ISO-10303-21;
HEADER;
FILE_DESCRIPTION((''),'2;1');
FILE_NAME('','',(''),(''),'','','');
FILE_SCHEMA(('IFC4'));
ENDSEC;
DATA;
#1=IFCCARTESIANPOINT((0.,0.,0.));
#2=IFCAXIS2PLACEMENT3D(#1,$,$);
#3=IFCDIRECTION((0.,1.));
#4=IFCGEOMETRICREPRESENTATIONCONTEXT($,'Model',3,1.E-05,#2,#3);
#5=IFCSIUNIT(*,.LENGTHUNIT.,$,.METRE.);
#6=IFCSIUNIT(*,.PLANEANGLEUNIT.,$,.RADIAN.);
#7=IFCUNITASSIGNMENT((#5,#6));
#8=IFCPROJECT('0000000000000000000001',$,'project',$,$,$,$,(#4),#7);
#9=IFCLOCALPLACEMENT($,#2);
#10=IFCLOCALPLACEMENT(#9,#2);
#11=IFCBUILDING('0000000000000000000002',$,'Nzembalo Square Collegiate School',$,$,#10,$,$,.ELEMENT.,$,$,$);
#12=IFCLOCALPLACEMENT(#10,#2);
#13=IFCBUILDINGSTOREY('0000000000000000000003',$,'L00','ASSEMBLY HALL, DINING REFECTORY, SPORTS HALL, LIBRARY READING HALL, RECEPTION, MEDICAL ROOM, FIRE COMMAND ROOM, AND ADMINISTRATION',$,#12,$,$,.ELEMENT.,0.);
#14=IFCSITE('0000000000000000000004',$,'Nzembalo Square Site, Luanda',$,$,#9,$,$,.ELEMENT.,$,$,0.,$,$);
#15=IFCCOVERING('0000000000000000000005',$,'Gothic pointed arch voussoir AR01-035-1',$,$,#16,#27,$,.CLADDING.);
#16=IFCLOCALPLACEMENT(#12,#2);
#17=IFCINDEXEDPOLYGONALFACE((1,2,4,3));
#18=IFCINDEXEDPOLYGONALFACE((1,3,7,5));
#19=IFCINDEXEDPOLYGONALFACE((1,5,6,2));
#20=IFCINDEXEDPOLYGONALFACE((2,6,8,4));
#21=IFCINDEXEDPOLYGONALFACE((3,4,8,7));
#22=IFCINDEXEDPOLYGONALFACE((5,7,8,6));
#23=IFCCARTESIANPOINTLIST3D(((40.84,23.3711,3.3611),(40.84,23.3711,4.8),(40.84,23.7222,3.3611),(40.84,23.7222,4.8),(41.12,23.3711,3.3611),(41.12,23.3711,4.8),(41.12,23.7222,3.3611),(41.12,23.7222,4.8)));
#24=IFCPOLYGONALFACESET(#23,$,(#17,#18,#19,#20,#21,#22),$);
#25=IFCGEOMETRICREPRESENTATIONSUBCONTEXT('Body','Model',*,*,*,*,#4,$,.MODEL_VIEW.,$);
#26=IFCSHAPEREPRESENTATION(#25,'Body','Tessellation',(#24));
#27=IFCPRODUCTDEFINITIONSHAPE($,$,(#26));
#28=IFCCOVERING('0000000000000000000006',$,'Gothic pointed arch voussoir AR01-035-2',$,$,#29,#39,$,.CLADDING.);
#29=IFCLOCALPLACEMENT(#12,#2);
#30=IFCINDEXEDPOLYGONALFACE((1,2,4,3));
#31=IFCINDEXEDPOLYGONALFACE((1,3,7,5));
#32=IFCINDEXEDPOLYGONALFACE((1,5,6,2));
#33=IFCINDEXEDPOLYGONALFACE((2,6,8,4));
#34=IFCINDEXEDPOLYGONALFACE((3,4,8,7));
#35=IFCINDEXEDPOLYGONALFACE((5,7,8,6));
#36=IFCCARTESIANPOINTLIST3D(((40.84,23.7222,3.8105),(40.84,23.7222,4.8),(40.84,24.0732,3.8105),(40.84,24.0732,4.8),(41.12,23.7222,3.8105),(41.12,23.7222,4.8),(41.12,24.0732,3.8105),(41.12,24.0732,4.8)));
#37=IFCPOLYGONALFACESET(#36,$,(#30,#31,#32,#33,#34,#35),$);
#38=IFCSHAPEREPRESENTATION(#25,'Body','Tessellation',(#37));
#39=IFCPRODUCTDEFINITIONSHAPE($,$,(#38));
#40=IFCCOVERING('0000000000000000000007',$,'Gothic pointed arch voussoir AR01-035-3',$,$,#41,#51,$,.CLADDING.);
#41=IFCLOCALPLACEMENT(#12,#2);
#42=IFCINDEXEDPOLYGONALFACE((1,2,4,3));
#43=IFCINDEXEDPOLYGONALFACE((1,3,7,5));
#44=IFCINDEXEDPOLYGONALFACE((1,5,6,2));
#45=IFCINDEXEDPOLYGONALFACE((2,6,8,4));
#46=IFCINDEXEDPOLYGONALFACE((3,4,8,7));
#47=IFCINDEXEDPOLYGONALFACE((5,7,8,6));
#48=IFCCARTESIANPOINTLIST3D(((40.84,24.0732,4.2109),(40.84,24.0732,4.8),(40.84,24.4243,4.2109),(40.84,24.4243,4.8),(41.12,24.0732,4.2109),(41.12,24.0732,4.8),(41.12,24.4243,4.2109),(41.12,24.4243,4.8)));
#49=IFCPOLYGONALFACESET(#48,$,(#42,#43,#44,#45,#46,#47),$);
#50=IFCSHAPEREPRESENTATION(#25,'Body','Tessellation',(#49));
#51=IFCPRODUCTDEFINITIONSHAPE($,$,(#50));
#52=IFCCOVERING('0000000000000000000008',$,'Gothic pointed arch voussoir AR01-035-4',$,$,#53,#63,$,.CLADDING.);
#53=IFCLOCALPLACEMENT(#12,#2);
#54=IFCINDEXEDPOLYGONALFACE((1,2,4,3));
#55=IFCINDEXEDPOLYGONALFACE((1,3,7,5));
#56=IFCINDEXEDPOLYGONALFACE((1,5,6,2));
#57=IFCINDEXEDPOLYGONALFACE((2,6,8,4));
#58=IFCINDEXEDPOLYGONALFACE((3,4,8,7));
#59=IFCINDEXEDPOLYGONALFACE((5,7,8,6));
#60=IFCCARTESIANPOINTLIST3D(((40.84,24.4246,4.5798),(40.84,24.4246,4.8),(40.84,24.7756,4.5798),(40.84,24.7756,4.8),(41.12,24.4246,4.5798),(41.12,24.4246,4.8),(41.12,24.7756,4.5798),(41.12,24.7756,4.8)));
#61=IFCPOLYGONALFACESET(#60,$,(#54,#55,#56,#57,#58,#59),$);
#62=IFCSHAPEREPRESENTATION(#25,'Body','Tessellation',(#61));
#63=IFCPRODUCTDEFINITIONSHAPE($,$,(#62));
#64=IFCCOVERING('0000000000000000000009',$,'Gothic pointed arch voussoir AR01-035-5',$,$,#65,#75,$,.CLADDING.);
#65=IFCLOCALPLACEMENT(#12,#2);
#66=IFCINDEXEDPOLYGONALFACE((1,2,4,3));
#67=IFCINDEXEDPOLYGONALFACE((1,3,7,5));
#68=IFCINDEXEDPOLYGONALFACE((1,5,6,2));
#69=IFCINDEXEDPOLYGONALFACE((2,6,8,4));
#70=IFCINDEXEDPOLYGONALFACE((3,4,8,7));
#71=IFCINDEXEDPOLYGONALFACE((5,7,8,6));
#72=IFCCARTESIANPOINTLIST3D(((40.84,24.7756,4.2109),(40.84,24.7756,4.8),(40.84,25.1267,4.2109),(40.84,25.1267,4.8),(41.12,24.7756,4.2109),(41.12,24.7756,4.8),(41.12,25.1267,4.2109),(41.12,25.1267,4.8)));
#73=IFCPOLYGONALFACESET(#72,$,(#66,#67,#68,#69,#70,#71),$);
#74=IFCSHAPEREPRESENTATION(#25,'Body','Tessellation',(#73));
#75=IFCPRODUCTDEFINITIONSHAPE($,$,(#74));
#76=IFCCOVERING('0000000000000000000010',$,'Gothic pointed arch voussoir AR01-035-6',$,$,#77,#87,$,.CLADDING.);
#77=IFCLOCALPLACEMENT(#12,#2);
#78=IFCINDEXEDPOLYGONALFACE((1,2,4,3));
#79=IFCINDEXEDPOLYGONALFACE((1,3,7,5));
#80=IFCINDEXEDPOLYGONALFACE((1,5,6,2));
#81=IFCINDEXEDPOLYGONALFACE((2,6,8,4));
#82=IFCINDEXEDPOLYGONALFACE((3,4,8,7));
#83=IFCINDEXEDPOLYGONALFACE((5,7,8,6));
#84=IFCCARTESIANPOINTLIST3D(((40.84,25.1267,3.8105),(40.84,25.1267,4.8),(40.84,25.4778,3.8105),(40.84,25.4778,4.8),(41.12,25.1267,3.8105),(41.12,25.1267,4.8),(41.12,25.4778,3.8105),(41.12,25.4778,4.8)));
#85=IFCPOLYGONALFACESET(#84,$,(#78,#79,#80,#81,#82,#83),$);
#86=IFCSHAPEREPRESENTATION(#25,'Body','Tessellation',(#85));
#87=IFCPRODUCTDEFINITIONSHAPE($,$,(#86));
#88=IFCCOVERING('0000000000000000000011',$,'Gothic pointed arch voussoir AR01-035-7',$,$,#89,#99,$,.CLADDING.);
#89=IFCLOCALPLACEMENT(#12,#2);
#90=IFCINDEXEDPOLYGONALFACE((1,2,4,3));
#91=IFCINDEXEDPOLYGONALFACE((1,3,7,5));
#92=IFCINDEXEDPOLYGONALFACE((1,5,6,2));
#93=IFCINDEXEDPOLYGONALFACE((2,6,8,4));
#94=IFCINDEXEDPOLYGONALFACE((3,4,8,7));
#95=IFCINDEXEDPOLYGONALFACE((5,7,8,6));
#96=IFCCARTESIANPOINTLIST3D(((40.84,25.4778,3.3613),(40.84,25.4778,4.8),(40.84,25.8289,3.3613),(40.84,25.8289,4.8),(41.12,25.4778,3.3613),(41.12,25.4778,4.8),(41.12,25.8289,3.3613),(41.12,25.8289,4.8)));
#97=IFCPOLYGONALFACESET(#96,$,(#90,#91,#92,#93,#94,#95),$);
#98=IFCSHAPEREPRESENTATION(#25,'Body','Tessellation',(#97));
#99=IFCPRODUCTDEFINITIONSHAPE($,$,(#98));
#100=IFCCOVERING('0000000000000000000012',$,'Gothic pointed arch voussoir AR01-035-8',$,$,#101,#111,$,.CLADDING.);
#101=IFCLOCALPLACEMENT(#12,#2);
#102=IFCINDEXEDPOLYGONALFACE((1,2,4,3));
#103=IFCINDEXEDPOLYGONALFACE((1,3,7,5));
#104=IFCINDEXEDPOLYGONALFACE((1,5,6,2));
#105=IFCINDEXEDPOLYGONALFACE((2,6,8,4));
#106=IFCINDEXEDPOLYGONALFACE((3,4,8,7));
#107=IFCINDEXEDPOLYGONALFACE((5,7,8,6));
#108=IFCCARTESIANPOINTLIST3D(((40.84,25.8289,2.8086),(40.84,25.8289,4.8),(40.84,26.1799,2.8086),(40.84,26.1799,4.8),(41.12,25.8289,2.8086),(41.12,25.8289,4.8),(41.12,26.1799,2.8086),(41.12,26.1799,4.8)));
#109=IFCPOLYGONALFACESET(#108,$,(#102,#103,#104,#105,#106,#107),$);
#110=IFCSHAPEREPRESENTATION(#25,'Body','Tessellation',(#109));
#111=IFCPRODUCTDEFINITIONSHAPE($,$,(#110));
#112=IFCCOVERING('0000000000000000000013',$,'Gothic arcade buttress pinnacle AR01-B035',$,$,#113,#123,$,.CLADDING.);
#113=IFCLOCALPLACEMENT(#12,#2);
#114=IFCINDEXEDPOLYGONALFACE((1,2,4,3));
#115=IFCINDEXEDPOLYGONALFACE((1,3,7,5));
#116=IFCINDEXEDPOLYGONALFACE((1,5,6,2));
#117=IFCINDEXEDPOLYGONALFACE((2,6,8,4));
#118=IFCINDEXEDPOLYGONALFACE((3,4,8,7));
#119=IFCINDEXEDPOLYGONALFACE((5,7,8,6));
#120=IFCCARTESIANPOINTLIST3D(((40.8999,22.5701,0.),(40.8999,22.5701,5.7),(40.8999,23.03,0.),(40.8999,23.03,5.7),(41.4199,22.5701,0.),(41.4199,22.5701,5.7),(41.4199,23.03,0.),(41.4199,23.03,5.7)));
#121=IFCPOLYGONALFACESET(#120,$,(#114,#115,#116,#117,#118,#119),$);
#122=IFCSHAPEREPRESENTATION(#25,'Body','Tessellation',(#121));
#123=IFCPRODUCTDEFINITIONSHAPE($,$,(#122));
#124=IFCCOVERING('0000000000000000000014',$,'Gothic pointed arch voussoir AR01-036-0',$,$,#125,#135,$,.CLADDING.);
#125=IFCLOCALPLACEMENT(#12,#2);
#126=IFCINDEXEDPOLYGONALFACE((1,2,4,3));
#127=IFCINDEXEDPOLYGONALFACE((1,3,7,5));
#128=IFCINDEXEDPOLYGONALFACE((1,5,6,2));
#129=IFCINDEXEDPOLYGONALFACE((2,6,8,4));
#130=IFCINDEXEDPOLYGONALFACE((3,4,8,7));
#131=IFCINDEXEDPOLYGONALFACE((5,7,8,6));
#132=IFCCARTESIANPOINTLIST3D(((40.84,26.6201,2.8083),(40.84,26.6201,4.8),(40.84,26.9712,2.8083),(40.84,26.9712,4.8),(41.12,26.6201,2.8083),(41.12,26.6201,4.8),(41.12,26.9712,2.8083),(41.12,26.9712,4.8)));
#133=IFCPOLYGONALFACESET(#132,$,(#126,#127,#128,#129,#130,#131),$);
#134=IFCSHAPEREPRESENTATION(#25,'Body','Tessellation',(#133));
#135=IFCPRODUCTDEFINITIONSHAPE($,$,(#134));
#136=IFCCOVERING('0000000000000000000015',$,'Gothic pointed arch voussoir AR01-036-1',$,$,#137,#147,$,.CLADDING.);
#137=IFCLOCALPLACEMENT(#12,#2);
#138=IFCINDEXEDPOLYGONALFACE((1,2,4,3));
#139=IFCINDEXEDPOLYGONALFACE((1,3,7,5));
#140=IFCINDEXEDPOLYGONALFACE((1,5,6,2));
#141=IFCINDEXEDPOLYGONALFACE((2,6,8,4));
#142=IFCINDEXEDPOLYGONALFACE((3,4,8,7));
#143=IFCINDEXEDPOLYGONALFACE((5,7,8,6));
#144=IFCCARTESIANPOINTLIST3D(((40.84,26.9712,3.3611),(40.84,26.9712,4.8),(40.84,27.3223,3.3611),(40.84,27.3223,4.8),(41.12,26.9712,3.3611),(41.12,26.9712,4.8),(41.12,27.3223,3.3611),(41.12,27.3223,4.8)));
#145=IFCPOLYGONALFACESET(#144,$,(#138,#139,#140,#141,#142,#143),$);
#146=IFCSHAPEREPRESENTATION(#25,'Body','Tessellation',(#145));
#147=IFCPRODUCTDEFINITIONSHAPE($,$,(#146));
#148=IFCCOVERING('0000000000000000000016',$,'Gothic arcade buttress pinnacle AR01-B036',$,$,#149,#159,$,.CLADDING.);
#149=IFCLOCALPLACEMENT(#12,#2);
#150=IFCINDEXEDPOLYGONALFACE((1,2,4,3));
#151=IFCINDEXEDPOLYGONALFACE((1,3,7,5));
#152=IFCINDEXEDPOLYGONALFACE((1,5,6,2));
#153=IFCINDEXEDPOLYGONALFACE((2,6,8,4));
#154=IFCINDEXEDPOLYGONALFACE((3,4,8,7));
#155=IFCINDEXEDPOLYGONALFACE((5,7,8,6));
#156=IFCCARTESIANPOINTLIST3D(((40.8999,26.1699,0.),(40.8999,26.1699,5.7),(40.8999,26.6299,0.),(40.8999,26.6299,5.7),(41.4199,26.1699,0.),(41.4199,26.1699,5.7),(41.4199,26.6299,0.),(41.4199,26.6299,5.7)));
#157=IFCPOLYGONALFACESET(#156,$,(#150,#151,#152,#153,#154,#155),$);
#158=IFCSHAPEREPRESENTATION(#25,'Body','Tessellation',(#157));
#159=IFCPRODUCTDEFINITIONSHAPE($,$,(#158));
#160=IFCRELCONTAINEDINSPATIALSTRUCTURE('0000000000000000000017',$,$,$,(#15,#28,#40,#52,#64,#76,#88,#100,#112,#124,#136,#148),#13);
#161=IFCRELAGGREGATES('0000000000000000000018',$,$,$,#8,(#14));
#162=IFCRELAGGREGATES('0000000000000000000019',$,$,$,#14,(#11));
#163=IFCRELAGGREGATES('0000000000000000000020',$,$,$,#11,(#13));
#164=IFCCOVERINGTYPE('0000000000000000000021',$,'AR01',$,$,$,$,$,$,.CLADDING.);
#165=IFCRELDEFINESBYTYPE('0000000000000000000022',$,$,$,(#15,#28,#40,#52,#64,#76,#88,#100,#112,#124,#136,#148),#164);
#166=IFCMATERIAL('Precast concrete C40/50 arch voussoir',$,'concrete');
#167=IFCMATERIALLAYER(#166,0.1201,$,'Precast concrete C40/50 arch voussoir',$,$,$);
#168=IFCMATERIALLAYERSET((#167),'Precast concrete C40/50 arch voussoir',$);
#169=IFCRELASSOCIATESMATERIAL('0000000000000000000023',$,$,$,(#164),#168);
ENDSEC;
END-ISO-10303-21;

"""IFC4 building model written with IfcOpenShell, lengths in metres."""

from ifc_helpers import new_model, si_unit, direction, frame, origin, origin_2d, place, context, subcontext, project, spatial, rectangle, extrude, material, layer, layer_set, type_object, element, save


model = new_model("IFC4")

# Units and contexts
model_context = context("Model", 3, precision=1e-05, world=origin(), true_north=direction((0.0, 1.0)))
body_context = subcontext(model_context, "Body", "Model", "MODEL_VIEW")
ifc_project = project(units=[si_unit("LENGTHUNIT", "METRE"), si_unit("PLANEANGLEUNIT", "RADIAN")], contexts=[model_context])

# Site, building, storey
site_placement = place(None, origin())
site = spatial("IfcSite", under=ifc_project, at=site_placement, Name="Nzembalo Square Site, Luanda", CompositionType="ELEMENT", RefElevation=0.0)
building_placement = place(site_placement, origin())
building = spatial("IfcBuilding", under=site, at=building_placement, Name="Nzembalo Square Collegiate School", CompositionType="ELEMENT")
storey_placement = place(building_placement, origin())
storey = spatial("IfcBuildingStorey", under=building, at=storey_placement, Name="L00", Description="ASSEMBLY HALL, DINING REFECTORY, SPORTS HALL, LIBRARY READING HALL, RECEPTION, MEDICAL ROOM, FIRE COMMAND ROOM, AND ADMINISTRATION", CompositionType="ELEMENT", Elevation=0.0)

# Coverings
ifc_material_1 = material(Name="Precast concrete C40/50 arch voussoir", Category="concrete")
ifc_layer_1 = layer(ifc_material_1, 0.1201, Name="Precast concrete C40/50 arch voussoir")
ifc_layer_set_1 = layer_set([ifc_layer_1], Name="Precast concrete C40/50 arch voussoir")
covering_type = type_object("IfcCoveringType", Name="AR01", PredefinedType="CLADDING", material=ifc_layer_set_1)
covering_1_placement = place(storey_placement, frame((40.98, 23.5466, 3.3611), z_axis=(0.0, 0.0, 1.0), x_axis=(1.0, 0.0, 0.0)))
element("IfcCovering", 1, at=covering_1_placement, inside=storey, type_object=covering_type, Name="Gothic pointed arch voussoir AR01-035-1", PredefinedType="CLADDING", context=body_context, shape_type="SweptSolid", body=[
    extrude(rectangle(XDim=0.28, YDim=0.3511, at=origin_2d()), origin(), (0.0, 0.0, 1.0), 1.439),
])
covering_2_placement = place(storey_placement, frame((40.98, 23.8977, 3.8105), z_axis=(0.0, 0.0, 1.0), x_axis=(1.0, 0.0, 0.0)))
element("IfcCovering", 2, at=covering_2_placement, inside=storey, type_object=covering_type, Name="Gothic pointed arch voussoir AR01-035-2", PredefinedType="CLADDING", context=body_context, shape_type="SweptSolid", body=[
    extrude(rectangle(XDim=0.28, YDim=0.3511, at=origin_2d()), origin(), (0.0, 0.0, 1.0), 0.9895),
])
covering_3_placement = place(storey_placement, frame((40.98, 24.2488, 4.2109), z_axis=(0.0, 0.0, 1.0), x_axis=(1.0, 0.0, 0.0)))
element("IfcCovering", 3, at=covering_3_placement, inside=storey, type_object=covering_type, Name="Gothic pointed arch voussoir AR01-035-3", PredefinedType="CLADDING", context=body_context, shape_type="SweptSolid", body=[
    extrude(rectangle(XDim=0.28, YDim=0.3511, at=origin_2d()), origin(), (0.0, 0.0, 1.0), 0.5891),
])
covering_4_placement = place(storey_placement, frame((40.98, 24.6001, 4.5798), z_axis=(0.0, 0.0, 1.0), x_axis=(1.0, 0.0, 0.0)))
element("IfcCovering", 4, at=covering_4_placement, inside=storey, type_object=covering_type, Name="Gothic pointed arch voussoir AR01-035-4", PredefinedType="CLADDING", context=body_context, shape_type="SweptSolid", body=[
    extrude(rectangle(XDim=0.28, YDim=0.3511, at=origin_2d()), origin(), (0.0, 0.0, 1.0), 0.2202),
])
covering_5_placement = place(storey_placement, frame((40.98, 24.9512, 4.2109), z_axis=(0.0, 0.0, 1.0), x_axis=(1.0, 0.0, 0.0)))
element("IfcCovering", 5, at=covering_5_placement, inside=storey, type_object=covering_type, Name="Gothic pointed arch voussoir AR01-035-5", PredefinedType="CLADDING", context=body_context, shape_type="SweptSolid", body=[
    extrude(rectangle(XDim=0.28, YDim=0.3511, at=origin_2d()), origin(), (0.0, 0.0, 1.0), 0.5891),
])
covering_6_placement = place(storey_placement, frame((40.98, 25.3022, 3.8105), z_axis=(0.0, 0.0, 1.0), x_axis=(1.0, 0.0, 0.0)))
element("IfcCovering", 6, at=covering_6_placement, inside=storey, type_object=covering_type, Name="Gothic pointed arch voussoir AR01-035-6", PredefinedType="CLADDING", context=body_context, shape_type="SweptSolid", body=[
    extrude(rectangle(XDim=0.28, YDim=0.3511, at=origin_2d()), origin(), (0.0, 0.0, 1.0), 0.9895),
])
covering_7_placement = place(storey_placement, frame((40.98, 25.6533, 3.3613), z_axis=(0.0, 0.0, 1.0), x_axis=(1.0, 0.0, 0.0)))
element("IfcCovering", 7, at=covering_7_placement, inside=storey, type_object=covering_type, Name="Gothic pointed arch voussoir AR01-035-7", PredefinedType="CLADDING", context=body_context, shape_type="SweptSolid", body=[
    extrude(rectangle(XDim=0.28, YDim=0.3511, at=origin_2d()), origin(), (0.0, 0.0, 1.0), 1.4387),
])
covering_8_placement = place(storey_placement, frame((40.98, 26.0044, 2.8086), z_axis=(0.0, 0.0, 1.0), x_axis=(1.0, 0.0, 0.0)))
element("IfcCovering", 8, at=covering_8_placement, inside=storey, type_object=covering_type, Name="Gothic pointed arch voussoir AR01-035-8", PredefinedType="CLADDING", context=body_context, shape_type="SweptSolid", body=[
    extrude(rectangle(XDim=0.28, YDim=0.3511, at=origin_2d()), origin(), (0.0, 0.0, 1.0), 1.9915),
])
covering_9_placement = place(storey_placement, frame((41.1599, 22.8, 0.0), z_axis=(0.0, 0.0, 1.0), x_axis=(1.0, 0.0, 0.0)))
element("IfcCovering", 9, at=covering_9_placement, inside=storey, type_object=covering_type, Name="Gothic arcade buttress pinnacle AR01-B035", PredefinedType="CLADDING", context=body_context, shape_type="SweptSolid", body=[
    extrude(rectangle(XDim=0.52, YDim=0.46, at=origin_2d()), origin(), (0.0, 0.0, 1.0), 5.7),
])
covering_10_placement = place(storey_placement, frame((40.98, 26.7957, 2.8083), z_axis=(0.0, 0.0, 1.0), x_axis=(1.0, 0.0, 0.0)))
element("IfcCovering", 10, at=covering_10_placement, inside=storey, type_object=covering_type, Name="Gothic pointed arch voussoir AR01-036-0", PredefinedType="CLADDING", context=body_context, shape_type="SweptSolid", body=[
    extrude(rectangle(XDim=0.28, YDim=0.3511, at=origin_2d()), origin(), (0.0, 0.0, 1.0), 1.9917),
])
covering_11_placement = place(storey_placement, frame((40.98, 27.1467, 3.3611), z_axis=(0.0, 0.0, 1.0), x_axis=(1.0, 0.0, 0.0)))
element("IfcCovering", 11, at=covering_11_placement, inside=storey, type_object=covering_type, Name="Gothic pointed arch voussoir AR01-036-1", PredefinedType="CLADDING", context=body_context, shape_type="SweptSolid", body=[
    extrude(rectangle(XDim=0.28, YDim=0.3511, at=origin_2d()), origin(), (0.0, 0.0, 1.0), 1.439),
])
covering_12_placement = place(storey_placement, frame((41.1599, 26.3999, 0.0), z_axis=(0.0, 0.0, 1.0), x_axis=(1.0, 0.0, 0.0)))
element("IfcCovering", 12, at=covering_12_placement, inside=storey, type_object=covering_type, Name="Gothic arcade buttress pinnacle AR01-B036", PredefinedType="CLADDING", context=body_context, shape_type="SweptSolid", body=[
    extrude(rectangle(XDim=0.52, YDim=0.46, at=origin_2d()), origin(), (0.0, 0.0, 1.0), 5.7),
])

save(model, "model.ifc")
